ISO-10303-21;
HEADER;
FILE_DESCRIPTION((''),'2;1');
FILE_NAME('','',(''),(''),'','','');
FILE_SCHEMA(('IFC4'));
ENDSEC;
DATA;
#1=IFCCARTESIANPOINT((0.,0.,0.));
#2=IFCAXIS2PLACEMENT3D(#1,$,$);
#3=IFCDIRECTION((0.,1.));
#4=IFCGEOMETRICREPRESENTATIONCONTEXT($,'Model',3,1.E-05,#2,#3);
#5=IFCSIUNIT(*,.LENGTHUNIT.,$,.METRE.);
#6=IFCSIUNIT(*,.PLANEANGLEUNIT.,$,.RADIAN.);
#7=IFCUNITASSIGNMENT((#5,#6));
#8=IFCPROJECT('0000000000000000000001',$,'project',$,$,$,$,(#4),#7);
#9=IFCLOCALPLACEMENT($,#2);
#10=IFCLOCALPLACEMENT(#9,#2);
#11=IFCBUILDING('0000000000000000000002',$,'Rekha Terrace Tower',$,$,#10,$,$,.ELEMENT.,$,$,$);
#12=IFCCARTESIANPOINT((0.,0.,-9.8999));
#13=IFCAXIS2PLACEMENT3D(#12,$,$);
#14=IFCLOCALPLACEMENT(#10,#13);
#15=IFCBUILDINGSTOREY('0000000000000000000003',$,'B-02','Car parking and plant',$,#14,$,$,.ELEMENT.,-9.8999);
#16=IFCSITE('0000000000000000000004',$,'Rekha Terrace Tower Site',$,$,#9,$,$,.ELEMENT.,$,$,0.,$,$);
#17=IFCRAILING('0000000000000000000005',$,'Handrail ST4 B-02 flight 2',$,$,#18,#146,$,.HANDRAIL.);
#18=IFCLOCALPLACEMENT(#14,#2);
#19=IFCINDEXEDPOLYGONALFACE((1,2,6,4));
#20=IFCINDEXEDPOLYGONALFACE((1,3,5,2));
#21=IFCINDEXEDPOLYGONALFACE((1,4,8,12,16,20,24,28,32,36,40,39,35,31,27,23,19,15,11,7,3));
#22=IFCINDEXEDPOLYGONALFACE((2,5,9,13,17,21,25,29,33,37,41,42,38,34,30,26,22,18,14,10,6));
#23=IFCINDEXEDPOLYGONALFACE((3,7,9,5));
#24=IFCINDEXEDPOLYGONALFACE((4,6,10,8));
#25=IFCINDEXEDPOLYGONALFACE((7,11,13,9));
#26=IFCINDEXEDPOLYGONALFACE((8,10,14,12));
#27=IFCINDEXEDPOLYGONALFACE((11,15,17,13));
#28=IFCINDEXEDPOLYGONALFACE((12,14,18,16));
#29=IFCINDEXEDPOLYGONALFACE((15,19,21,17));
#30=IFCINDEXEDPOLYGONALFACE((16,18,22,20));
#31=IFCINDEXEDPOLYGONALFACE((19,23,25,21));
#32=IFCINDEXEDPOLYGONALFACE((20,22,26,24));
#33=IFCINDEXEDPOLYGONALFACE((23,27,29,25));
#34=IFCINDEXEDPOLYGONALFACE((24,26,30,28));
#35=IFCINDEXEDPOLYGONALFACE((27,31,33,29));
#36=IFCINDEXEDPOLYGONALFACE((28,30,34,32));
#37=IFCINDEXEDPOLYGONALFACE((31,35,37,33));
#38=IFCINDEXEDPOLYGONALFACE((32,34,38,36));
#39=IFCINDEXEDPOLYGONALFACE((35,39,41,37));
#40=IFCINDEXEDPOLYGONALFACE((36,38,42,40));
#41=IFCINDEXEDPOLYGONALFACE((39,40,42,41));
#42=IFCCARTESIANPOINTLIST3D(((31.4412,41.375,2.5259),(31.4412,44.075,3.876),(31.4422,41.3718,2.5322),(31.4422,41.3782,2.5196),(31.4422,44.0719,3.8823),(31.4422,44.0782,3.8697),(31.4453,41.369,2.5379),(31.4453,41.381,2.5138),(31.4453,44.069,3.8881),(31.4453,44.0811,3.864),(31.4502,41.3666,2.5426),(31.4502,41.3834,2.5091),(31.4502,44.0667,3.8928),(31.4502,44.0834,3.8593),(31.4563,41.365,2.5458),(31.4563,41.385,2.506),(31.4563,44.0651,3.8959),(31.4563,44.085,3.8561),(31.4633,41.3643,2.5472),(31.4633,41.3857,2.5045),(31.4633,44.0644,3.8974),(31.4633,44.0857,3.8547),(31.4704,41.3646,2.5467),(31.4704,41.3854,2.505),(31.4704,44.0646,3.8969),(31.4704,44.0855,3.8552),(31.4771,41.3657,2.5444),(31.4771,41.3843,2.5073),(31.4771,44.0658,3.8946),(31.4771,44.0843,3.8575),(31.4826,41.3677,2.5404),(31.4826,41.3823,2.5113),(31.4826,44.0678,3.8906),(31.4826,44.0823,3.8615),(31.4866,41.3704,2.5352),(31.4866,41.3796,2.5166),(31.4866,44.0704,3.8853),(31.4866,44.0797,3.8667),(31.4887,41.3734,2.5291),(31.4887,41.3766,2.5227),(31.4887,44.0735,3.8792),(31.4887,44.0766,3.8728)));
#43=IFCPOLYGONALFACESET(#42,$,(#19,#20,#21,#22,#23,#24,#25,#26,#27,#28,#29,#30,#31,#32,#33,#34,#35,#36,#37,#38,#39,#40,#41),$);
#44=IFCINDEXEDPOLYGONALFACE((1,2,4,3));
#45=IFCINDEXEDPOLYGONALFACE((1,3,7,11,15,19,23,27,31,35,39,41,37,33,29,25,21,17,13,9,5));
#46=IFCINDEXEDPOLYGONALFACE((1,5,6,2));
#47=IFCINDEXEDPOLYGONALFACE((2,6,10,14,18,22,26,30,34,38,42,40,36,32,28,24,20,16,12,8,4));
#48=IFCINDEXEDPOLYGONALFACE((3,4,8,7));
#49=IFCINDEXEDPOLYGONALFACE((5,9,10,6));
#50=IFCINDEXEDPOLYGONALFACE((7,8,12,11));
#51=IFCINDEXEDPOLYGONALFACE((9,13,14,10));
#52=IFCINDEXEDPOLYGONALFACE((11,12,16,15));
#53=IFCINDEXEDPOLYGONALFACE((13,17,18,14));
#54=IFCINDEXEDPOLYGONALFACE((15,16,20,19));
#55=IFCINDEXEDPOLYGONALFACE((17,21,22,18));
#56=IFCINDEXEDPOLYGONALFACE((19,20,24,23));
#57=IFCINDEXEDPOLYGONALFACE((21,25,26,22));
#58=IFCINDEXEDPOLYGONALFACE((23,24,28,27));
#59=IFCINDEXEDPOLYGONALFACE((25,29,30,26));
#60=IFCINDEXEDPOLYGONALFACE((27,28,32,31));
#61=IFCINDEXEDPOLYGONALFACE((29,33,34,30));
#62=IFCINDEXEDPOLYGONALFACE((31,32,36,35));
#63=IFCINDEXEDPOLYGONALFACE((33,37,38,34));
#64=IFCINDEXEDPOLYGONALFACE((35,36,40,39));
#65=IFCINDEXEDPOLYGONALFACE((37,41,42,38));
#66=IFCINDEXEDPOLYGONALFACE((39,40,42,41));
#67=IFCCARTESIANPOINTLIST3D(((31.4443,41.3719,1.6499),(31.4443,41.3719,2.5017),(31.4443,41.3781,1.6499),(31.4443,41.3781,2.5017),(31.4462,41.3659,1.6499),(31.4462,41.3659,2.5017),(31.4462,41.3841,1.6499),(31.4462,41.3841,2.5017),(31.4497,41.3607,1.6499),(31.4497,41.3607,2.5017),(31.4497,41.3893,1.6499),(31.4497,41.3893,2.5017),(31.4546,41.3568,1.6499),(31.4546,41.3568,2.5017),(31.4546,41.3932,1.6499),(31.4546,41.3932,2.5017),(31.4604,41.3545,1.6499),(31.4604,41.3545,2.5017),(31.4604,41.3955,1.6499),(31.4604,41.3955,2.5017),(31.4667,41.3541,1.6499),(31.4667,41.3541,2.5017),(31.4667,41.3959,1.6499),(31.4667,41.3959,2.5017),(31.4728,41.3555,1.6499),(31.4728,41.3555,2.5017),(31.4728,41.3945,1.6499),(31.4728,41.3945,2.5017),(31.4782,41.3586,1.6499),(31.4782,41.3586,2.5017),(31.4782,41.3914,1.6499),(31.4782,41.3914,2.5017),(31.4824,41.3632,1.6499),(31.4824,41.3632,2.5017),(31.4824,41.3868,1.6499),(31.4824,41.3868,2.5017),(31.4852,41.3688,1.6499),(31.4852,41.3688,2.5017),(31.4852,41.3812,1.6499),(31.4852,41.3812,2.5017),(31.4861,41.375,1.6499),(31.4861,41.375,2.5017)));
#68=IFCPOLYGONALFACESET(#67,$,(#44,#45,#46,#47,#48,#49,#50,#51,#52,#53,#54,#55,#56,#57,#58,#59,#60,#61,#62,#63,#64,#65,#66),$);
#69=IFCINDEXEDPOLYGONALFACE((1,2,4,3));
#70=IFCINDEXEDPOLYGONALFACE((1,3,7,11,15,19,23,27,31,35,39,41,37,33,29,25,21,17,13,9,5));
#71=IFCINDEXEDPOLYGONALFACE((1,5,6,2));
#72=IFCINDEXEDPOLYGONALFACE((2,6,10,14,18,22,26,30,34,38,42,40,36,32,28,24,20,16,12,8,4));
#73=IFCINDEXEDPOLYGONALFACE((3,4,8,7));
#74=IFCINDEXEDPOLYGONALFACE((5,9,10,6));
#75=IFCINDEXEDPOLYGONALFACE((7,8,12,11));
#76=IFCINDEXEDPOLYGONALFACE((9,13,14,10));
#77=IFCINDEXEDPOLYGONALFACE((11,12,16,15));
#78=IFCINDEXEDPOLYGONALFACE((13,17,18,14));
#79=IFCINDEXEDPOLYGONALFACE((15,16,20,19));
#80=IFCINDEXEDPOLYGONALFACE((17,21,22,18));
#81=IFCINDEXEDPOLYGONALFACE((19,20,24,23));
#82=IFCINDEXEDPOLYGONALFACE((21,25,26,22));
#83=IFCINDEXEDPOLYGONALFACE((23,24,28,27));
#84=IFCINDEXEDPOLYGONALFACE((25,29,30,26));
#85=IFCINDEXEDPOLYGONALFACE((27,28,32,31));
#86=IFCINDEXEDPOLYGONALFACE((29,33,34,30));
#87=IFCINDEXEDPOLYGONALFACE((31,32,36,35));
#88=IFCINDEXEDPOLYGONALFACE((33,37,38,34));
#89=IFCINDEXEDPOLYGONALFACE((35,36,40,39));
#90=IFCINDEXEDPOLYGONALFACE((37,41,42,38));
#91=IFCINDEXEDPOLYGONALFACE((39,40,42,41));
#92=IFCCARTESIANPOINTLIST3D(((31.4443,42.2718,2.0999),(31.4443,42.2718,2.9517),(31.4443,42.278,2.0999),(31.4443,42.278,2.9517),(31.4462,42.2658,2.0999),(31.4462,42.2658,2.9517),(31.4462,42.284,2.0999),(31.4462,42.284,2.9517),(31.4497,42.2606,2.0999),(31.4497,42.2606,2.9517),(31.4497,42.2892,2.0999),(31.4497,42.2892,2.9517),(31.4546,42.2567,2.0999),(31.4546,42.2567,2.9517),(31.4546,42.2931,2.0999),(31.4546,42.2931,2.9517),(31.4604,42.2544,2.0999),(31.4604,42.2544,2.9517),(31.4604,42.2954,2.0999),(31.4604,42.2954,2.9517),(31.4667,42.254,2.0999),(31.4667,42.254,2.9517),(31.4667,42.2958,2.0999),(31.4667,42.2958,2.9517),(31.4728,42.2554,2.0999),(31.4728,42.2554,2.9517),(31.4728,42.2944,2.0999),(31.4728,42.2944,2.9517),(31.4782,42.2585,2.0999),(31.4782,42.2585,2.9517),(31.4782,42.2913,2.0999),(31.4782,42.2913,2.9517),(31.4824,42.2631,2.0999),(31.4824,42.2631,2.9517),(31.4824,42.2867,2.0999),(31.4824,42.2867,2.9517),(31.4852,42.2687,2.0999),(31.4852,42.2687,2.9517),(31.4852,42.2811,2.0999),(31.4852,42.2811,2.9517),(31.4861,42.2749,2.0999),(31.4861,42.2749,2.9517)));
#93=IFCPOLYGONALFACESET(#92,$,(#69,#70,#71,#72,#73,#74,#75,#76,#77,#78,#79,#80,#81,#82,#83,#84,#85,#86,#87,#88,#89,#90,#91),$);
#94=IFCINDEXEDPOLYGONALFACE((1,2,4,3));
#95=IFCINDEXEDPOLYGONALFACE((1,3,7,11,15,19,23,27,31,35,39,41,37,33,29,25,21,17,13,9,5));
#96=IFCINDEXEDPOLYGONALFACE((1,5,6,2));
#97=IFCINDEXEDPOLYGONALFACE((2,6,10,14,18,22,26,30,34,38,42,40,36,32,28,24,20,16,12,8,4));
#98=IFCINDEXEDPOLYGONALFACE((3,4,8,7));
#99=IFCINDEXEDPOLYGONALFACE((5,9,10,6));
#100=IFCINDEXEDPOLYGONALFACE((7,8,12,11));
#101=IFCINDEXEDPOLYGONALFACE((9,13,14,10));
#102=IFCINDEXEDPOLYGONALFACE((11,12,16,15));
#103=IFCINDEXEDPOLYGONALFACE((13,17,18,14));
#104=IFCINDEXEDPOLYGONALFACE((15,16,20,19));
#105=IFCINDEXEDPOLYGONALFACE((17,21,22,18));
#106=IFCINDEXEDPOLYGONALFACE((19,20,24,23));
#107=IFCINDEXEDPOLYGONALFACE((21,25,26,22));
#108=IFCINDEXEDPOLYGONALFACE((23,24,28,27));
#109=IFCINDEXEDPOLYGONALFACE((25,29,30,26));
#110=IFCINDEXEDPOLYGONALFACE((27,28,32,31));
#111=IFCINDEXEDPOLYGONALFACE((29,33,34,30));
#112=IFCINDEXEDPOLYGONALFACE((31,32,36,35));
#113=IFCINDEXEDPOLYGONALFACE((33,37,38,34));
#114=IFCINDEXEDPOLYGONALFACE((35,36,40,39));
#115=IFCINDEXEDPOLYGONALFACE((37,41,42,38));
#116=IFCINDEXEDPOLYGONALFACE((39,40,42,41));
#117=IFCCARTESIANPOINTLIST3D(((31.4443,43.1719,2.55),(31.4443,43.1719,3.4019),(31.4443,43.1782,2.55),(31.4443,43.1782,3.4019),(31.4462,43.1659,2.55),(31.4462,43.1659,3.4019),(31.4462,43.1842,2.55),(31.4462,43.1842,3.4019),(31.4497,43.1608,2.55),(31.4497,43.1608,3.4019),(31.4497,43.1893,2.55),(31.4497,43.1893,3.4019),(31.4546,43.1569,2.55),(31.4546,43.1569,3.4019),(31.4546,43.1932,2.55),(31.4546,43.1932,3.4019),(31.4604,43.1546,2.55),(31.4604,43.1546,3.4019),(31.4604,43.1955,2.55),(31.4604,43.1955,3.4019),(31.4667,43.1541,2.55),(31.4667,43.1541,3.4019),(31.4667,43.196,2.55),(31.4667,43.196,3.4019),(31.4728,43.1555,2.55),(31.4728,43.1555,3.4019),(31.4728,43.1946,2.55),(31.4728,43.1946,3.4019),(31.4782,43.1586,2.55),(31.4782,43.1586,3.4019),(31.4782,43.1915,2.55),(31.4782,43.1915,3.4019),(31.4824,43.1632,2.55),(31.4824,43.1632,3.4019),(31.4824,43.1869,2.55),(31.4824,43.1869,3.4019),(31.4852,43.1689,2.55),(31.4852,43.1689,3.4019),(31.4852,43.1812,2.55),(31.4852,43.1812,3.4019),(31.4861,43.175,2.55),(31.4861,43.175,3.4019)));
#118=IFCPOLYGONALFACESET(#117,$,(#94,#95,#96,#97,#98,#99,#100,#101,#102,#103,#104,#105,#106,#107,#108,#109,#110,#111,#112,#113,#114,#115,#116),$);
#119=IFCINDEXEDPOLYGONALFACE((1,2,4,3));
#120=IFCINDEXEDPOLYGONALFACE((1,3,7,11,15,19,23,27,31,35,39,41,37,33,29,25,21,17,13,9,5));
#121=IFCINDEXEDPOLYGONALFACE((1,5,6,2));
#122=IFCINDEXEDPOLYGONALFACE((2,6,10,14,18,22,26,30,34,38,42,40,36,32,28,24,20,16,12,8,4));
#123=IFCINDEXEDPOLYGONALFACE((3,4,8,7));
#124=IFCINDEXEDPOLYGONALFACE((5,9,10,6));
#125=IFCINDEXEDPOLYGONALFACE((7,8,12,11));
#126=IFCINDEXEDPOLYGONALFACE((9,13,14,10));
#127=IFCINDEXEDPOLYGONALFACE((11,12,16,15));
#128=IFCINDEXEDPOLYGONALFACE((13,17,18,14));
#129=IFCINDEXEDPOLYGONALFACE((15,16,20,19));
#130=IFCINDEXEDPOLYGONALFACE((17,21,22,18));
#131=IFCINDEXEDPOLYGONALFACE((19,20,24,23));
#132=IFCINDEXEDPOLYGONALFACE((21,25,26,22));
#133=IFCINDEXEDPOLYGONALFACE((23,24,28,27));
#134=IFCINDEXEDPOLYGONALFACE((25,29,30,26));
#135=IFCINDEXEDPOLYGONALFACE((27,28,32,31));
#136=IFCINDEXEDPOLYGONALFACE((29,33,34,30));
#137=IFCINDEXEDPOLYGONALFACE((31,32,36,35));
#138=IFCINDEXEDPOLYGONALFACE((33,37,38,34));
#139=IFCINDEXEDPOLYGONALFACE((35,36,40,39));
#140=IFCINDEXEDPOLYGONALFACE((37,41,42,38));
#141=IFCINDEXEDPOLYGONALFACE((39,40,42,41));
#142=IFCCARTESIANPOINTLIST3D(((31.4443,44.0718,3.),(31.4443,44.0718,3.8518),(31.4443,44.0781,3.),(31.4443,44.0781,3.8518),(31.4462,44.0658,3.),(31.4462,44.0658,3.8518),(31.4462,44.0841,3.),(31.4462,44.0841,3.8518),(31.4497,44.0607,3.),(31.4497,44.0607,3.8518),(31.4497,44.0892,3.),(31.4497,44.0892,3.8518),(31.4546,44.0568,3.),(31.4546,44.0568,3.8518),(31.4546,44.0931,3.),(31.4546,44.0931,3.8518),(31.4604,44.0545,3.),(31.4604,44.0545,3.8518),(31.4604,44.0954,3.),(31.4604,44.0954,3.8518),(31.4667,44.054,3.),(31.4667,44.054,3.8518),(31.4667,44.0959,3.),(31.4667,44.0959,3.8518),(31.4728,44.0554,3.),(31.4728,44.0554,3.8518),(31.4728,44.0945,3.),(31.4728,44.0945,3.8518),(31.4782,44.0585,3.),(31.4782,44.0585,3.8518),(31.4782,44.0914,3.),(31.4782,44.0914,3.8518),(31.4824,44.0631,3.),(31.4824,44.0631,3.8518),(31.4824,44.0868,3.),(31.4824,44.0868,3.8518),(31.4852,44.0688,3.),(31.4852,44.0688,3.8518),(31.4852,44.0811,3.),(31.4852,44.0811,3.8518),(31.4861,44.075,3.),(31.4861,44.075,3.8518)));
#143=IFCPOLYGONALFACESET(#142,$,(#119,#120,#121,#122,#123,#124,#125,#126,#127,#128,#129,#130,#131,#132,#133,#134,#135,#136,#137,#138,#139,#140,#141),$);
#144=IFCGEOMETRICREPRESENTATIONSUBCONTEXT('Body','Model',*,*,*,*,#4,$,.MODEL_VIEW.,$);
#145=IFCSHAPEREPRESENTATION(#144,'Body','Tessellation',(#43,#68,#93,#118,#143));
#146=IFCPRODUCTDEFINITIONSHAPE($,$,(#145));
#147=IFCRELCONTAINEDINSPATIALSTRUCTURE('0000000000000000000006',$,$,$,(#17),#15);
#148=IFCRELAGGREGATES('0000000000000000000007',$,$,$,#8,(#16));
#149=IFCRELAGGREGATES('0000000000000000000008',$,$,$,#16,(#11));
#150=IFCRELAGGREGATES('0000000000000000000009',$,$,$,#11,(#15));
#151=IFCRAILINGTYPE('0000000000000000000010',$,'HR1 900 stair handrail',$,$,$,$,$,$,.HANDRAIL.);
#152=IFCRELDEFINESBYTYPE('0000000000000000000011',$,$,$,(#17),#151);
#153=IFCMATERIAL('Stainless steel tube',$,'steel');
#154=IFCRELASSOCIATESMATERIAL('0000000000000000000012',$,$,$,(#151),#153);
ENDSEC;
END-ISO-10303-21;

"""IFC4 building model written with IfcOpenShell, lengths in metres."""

from ifc_helpers import new_model, si_unit, direction, frame, origin, origin_2d, place, context, subcontext, project, spatial, circle, extrude, material, type_object, element, save


model = new_model("IFC4")

# Units and contexts
model_context = context("Model", 3, precision=1e-05, world=origin(), true_north=direction((0.0, 1.0)))
body_context = subcontext(model_context, "Body", "Model", "MODEL_VIEW")
ifc_project = project(units=[si_unit("LENGTHUNIT", "METRE"), si_unit("PLANEANGLEUNIT", "RADIAN")], contexts=[model_context])

# Site, building, storey
site_placement = place(None, origin())
site = spatial("IfcSite", under=ifc_project, at=site_placement, Name="Rekha Terrace Tower Site", CompositionType="ELEMENT", RefElevation=0.0)
building_placement = place(site_placement, origin())
building = spatial("IfcBuilding", under=site, at=building_placement, Name="Rekha Terrace Tower", CompositionType="ELEMENT")
storey_placement = place(building_placement, frame((0.0, 0.0, -9.8999)))
storey = spatial("IfcBuildingStorey", under=building, at=storey_placement, Name="B-02", Description="Car parking and plant", CompositionType="ELEMENT", Elevation=-9.8999)

# Railing
ifc_material_1 = material(Name="Stainless steel tube", Category="steel")
railing_type_1 = type_object("IfcRailingType", Name="HR1 900 stair handrail", PredefinedType="HANDRAIL", material=ifc_material_1)
railing_1_placement = place(storey_placement, frame((31.4651, 41.375, 1.6499)))
element("IfcRailing", 1, at=railing_1_placement, inside=storey, type_object=railing_type_1, Name="Handrail ST4 B-02 flight 2", PredefinedType="HANDRAIL", context=body_context, shape_type="SweptSolid", body=[
    extrude(circle(Radius=0.0239, at=origin_2d()), frame((0.0, 0.0, 0.876), z_axis=(0.0, 0.894411, 0.447246), x_axis=(-1.0, 0.0, 0.0)), (0.0, 0.0, 1.0), 3.0188),
    extrude(circle(Radius=0.021, at=origin_2d()), origin(), (0.0, 0.0, 1.0), 0.8518),
    extrude(circle(Radius=0.021, at=origin_2d()), frame((0.0, 0.8999, 0.45)), (0.0, 0.0, 1.0), 0.8518),
    extrude(circle(Radius=0.021, at=origin_2d()), frame((0.0, 1.8, 0.9001)), (0.0, 0.0, 1.0), 0.8518),
    extrude(circle(Radius=0.021, at=origin_2d()), frame((0.0, 2.7, 1.3501)), (0.0, 0.0, 1.0), 0.8518),
])

save(model, "model.ifc")
